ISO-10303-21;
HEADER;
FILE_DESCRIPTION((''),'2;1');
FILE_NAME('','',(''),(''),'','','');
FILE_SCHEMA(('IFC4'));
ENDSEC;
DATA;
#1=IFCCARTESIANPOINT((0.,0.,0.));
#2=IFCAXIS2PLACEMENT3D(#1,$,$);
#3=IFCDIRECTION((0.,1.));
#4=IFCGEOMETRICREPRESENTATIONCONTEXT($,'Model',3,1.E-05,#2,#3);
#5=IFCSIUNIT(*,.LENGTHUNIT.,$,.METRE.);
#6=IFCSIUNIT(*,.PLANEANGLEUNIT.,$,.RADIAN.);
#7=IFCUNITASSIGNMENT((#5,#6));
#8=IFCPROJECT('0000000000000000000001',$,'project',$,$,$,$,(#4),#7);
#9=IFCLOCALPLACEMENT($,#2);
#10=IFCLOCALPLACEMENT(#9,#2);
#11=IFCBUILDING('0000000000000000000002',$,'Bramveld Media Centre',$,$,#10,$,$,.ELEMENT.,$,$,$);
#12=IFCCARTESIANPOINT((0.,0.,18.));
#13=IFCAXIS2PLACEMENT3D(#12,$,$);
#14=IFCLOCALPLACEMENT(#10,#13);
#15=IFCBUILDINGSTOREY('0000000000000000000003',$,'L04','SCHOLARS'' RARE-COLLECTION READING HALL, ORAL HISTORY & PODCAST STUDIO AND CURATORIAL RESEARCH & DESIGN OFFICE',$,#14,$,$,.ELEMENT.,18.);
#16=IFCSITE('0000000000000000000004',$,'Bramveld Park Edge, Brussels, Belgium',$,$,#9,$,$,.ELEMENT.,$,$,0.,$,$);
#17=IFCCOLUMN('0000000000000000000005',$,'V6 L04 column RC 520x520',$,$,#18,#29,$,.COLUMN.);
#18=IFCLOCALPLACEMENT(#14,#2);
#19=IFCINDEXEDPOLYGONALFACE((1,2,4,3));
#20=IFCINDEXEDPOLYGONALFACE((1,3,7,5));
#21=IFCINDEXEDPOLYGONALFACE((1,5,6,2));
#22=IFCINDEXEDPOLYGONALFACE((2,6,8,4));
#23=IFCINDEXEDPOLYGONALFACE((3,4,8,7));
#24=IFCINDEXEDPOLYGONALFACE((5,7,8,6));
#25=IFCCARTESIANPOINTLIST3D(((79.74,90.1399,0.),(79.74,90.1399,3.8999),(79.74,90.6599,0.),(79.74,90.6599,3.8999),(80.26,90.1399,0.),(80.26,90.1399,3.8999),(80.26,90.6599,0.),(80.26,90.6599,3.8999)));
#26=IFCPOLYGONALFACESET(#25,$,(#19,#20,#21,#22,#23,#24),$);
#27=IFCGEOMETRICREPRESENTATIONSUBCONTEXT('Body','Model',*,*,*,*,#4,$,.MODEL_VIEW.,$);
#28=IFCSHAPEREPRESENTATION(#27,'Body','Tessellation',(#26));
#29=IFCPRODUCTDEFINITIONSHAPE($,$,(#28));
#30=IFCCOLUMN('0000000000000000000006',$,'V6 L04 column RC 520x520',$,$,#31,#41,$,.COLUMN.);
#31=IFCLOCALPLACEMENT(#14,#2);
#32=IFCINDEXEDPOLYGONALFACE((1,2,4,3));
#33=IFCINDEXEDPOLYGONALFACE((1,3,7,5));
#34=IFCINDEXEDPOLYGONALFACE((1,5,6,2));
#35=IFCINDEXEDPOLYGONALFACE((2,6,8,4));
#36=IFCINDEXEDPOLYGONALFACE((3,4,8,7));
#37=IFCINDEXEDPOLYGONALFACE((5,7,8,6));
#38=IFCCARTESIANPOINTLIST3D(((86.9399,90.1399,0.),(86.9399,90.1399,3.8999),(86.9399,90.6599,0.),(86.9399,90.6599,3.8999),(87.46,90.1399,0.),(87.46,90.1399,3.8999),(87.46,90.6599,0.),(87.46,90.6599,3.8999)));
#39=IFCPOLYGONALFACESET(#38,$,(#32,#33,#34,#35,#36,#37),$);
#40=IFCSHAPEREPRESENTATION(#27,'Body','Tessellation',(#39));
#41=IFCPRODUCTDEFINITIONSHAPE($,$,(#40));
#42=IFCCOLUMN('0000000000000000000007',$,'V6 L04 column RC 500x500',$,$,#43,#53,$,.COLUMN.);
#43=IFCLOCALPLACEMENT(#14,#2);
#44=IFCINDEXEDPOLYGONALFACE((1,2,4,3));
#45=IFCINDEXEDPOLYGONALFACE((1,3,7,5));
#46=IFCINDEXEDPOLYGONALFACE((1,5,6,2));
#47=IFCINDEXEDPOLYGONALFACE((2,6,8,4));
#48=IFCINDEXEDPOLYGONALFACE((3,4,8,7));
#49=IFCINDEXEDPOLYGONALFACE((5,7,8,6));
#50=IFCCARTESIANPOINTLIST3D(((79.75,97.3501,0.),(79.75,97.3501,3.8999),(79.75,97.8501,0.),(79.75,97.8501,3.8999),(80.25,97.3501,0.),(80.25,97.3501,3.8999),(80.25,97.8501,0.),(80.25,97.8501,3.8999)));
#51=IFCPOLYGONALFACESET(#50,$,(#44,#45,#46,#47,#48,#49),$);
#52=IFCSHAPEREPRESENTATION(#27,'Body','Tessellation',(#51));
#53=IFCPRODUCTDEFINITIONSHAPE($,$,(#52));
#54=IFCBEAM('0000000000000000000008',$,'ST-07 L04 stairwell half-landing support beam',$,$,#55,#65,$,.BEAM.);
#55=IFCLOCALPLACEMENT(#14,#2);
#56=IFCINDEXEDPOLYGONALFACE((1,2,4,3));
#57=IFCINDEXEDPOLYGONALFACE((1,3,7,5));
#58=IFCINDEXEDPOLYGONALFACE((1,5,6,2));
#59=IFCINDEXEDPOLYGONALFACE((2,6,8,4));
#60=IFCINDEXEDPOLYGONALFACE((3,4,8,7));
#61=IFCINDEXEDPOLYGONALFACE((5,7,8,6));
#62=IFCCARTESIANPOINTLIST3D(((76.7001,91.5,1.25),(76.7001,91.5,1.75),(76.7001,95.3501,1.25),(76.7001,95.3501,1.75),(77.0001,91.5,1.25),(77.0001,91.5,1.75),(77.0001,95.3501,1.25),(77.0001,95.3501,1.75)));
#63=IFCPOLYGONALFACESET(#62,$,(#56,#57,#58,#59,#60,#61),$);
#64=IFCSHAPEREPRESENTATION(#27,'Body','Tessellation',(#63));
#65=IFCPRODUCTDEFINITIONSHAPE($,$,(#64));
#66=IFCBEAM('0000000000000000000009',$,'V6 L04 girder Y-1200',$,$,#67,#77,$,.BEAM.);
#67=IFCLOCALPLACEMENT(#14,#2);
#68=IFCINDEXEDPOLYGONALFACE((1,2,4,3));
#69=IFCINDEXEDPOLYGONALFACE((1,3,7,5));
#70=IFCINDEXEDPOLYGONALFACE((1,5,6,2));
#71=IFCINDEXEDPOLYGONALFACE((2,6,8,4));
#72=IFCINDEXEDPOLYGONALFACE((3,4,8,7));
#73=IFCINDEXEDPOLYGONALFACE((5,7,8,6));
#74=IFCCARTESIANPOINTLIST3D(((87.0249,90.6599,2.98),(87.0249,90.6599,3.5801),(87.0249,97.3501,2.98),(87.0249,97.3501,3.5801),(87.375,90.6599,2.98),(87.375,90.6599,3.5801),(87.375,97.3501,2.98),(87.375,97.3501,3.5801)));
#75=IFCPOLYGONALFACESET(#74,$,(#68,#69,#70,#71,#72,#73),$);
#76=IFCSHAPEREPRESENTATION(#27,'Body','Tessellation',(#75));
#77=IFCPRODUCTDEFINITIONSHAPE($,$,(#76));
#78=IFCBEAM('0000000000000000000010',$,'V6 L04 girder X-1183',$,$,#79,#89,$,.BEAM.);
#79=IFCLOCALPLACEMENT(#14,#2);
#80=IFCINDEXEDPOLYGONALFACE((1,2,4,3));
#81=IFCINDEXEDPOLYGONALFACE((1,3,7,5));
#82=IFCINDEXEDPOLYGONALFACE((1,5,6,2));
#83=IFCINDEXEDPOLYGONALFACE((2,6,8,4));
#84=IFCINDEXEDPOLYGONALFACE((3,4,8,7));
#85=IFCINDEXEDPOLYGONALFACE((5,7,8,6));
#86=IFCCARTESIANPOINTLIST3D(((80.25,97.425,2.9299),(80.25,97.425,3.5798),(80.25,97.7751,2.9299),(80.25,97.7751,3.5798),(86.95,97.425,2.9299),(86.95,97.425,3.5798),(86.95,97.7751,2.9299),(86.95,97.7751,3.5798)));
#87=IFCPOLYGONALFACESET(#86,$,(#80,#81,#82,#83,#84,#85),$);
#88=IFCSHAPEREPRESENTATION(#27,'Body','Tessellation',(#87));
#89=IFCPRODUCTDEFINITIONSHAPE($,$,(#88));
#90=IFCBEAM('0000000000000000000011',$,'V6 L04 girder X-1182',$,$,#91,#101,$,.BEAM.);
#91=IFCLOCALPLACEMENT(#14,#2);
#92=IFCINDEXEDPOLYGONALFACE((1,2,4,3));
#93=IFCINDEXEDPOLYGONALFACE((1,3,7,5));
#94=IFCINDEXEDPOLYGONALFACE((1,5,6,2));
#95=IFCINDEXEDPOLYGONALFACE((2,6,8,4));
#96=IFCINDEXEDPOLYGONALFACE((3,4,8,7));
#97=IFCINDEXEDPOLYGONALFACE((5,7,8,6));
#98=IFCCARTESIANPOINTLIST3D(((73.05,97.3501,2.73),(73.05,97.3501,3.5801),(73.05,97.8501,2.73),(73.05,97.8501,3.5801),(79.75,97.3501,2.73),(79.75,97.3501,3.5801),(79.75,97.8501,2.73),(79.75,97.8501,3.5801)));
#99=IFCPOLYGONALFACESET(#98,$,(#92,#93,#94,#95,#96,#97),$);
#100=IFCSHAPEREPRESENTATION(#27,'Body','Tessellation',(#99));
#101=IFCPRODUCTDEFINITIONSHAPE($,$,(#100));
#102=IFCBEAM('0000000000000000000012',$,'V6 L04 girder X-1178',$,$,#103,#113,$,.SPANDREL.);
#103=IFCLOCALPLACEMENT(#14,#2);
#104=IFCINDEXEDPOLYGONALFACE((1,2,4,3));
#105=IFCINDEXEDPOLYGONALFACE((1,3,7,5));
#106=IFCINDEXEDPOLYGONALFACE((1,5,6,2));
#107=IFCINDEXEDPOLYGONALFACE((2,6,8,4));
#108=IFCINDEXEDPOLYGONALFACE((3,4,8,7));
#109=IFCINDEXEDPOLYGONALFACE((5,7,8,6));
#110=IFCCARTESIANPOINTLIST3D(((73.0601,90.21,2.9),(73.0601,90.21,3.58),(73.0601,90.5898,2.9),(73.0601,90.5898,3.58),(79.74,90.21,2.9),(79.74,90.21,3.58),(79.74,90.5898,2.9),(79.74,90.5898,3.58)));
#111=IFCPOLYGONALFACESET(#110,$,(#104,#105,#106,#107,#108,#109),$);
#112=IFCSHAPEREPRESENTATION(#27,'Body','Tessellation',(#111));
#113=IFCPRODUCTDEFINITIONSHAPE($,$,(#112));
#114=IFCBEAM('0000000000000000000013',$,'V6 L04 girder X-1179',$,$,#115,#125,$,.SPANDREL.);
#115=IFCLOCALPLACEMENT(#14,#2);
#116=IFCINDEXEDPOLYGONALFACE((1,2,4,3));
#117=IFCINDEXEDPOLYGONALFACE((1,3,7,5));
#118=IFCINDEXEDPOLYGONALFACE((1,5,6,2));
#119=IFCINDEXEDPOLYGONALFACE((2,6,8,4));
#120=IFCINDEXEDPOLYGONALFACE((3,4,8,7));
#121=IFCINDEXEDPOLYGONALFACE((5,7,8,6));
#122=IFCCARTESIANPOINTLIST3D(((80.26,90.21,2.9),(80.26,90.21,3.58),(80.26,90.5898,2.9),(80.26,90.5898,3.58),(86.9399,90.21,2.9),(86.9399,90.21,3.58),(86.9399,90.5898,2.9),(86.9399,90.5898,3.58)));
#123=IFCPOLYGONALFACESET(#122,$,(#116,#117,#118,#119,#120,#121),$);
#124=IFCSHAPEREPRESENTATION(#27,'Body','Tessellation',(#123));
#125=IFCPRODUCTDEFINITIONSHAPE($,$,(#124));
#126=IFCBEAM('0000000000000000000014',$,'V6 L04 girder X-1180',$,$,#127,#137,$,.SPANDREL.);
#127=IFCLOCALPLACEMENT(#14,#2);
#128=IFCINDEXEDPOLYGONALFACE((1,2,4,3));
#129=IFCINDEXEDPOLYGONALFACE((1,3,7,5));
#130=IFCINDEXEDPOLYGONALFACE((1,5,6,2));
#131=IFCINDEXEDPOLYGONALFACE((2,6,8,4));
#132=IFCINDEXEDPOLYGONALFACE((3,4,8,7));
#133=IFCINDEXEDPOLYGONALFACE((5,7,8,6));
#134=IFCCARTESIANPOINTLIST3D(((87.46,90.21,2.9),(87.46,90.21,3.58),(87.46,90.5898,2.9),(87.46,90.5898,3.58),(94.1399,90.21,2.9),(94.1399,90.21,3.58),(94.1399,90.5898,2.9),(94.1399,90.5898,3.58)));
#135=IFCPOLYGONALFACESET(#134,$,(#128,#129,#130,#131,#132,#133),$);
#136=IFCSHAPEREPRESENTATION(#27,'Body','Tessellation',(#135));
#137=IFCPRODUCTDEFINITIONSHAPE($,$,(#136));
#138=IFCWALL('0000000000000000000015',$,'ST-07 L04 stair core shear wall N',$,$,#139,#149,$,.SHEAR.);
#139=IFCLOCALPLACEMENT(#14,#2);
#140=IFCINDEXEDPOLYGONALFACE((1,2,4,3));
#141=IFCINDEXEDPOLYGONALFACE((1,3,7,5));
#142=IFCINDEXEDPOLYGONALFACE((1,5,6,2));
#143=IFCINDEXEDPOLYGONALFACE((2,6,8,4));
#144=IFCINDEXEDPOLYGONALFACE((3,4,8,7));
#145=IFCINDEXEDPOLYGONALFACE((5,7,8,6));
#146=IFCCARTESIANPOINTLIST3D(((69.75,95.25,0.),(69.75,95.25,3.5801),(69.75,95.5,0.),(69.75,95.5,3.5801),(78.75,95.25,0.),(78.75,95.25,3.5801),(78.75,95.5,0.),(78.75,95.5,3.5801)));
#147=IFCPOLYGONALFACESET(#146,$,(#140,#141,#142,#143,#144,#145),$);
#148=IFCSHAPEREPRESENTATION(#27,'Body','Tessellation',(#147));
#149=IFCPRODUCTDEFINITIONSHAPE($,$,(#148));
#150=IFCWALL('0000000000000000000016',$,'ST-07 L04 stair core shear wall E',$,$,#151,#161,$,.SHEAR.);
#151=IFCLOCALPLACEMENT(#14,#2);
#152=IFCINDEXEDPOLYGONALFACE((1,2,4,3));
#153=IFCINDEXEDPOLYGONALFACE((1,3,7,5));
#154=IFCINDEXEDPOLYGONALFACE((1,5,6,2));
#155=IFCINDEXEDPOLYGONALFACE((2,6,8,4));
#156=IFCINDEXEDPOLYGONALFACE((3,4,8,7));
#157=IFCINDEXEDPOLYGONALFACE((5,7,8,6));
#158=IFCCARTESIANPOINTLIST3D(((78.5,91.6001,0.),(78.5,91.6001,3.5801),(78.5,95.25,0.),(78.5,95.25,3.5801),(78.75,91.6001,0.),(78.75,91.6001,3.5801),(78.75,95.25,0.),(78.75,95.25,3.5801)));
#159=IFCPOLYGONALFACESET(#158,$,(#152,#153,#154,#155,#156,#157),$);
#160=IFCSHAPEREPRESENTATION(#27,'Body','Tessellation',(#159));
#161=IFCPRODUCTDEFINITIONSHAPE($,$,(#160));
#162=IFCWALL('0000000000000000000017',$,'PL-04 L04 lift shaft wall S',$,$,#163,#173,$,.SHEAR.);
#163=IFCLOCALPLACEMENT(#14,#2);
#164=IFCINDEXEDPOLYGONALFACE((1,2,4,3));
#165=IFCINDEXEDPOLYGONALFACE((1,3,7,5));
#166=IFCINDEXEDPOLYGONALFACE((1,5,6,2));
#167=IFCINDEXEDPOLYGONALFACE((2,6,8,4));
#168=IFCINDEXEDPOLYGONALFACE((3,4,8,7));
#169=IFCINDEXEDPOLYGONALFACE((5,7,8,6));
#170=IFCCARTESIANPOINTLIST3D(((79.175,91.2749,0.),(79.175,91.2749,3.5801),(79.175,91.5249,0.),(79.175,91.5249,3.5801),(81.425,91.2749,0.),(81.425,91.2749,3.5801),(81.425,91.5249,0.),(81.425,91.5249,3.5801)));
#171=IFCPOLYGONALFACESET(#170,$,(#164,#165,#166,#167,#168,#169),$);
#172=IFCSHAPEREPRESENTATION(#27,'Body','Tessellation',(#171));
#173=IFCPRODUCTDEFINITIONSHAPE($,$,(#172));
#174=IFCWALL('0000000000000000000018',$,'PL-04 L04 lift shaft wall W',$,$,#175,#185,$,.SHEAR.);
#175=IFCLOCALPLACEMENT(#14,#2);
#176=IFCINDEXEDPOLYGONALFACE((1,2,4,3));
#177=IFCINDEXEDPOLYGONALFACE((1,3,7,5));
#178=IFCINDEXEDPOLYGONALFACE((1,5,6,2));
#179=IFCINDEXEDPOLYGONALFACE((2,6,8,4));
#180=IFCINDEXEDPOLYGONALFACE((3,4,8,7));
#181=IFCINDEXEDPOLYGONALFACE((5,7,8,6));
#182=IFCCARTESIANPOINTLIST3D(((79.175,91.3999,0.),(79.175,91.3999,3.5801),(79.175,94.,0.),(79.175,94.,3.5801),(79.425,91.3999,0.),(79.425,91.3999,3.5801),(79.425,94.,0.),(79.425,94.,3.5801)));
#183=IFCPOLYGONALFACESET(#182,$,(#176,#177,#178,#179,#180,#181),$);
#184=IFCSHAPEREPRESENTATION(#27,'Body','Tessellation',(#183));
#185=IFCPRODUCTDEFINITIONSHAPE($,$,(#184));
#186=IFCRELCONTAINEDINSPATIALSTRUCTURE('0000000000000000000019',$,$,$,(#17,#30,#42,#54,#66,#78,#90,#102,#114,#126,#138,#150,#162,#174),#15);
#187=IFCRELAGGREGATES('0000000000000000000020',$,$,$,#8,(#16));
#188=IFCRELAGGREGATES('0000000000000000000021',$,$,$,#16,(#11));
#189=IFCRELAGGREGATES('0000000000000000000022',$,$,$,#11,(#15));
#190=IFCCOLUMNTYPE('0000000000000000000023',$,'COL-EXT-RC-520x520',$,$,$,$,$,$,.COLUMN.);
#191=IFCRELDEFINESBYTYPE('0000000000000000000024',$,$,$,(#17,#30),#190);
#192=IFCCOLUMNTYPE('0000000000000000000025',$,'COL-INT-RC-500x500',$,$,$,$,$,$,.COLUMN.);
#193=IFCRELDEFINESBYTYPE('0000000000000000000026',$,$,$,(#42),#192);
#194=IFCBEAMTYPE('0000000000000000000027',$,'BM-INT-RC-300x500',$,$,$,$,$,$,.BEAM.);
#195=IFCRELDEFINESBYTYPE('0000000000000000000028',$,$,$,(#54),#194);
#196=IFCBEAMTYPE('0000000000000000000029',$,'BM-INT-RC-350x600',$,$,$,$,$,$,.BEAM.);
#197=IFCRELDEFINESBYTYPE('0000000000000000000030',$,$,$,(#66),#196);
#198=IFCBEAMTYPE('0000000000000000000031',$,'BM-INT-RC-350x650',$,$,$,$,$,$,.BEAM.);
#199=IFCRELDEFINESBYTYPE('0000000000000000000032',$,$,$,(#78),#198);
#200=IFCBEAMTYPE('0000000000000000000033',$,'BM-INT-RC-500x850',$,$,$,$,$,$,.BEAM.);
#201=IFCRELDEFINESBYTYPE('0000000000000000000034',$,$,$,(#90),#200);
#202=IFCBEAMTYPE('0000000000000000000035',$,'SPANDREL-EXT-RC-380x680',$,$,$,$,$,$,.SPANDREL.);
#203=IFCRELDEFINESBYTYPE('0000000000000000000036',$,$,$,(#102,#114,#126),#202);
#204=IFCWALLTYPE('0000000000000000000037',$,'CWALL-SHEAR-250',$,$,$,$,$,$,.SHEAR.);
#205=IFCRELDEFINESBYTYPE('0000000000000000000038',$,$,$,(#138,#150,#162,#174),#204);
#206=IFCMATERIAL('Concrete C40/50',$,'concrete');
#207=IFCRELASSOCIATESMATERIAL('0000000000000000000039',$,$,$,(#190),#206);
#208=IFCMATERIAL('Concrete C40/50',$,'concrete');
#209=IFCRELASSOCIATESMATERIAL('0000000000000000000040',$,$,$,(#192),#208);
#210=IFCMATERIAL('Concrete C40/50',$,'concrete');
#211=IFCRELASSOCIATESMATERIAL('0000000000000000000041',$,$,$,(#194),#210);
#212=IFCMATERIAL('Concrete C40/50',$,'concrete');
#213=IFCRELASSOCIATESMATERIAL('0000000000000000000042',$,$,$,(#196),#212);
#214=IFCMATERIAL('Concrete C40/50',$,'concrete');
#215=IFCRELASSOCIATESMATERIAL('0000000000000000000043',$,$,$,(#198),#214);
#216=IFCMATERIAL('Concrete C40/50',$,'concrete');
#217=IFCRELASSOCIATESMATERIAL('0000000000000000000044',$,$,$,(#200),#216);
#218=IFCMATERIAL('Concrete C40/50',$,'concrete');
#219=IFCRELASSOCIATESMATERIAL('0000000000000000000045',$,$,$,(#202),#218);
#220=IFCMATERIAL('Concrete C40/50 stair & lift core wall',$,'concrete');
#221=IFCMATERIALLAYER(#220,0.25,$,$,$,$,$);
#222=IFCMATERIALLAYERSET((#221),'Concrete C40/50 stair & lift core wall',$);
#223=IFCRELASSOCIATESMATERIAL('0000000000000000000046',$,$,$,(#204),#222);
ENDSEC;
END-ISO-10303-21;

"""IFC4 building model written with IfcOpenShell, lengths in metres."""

from ifc_helpers import new_model, si_unit, direction, frame, frame_2d, origin, origin_2d, place, context, subcontext, project, spatial, rectangle, extrude, material, layer, layer_set, material_profile, profile_set, type_object, element, save


model = new_model("IFC4")

# Units and contexts
model_context = context("Model", 3, precision=1e-05, world=origin(), true_north=direction((0.0, 1.0)))
body_context = subcontext(model_context, "Body", "Model", "MODEL_VIEW")
ifc_project = project(units=[si_unit("LENGTHUNIT", "METRE"), si_unit("PLANEANGLEUNIT", "RADIAN")], contexts=[model_context])

# Site, building, storey
site_placement = place(None, origin())
site = spatial("IfcSite", under=ifc_project, at=site_placement, Name="Bramveld Park Edge, Brussels, Belgium", CompositionType="ELEMENT", RefElevation=0.0)
building_placement = place(site_placement, origin())
building = spatial("IfcBuilding", under=site, at=building_placement, Name="Bramveld Media Centre", CompositionType="ELEMENT")
storey_placement = place(building_placement, frame((0.0, 0.0, 18.0)))
storey = spatial("IfcBuildingStorey", under=building, at=storey_placement, Name="L04", Description="SCHOLARS' RARE-COLLECTION READING HALL, ORAL HISTORY & PODCAST STUDIO AND CURATORIAL RESEARCH & DESIGN OFFICE", CompositionType="ELEMENT", Elevation=18.0)

# Columns
ifc_material_1 = material(Name="Concrete C40/50", Category="concrete")
ifc_material_profile_1 = material_profile(ifc_material_1, rectangle(XDim=0.52, YDim=0.52, at=origin_2d()), Name="RC 520x520")
ifc_profile_set_1 = profile_set([ifc_material_profile_1], Name="Concrete C40/50")
column_type_1 = type_object("IfcColumnType", Name="COL-EXT-RC-520x520", PredefinedType="COLUMN", material=ifc_profile_set_1)
for number, where, z_axis, x_axis, name in (
    (1, (80.0, 90.3999, 0.0), (0.0, 0.0, 1.0), (1.0, 0.0, 0.0), "V6 L04 column RC 520x520"),
    (2, (87.2, 90.3999, 0.0), (0.0, 0.0, 1.0), (1.0, 0.0, 0.0), "V6 L04 column RC 520x520"),
):
    element("IfcColumn", number, at=place(storey_placement, frame(where, z_axis=z_axis, x_axis=x_axis)), inside=storey, type_object=column_type_1, Name=name, PredefinedType="COLUMN", context=body_context, shape_type="SweptSolid", body=[
        extrude(rectangle(XDim=0.52, YDim=0.52, at=origin_2d()), origin(), (0.0, 0.0, 1.0), 3.8999),
    ])
ifc_material_2 = material(Name="Concrete C40/50", Category="concrete")
ifc_material_profile_2 = material_profile(ifc_material_2, rectangle(XDim=0.5, YDim=0.5, at=origin_2d()), Name="RC 500x500")
ifc_profile_set_2 = profile_set([ifc_material_profile_2], Name="Concrete C40/50")
column_type_2 = type_object("IfcColumnType", Name="COL-INT-RC-500x500", PredefinedType="COLUMN", material=ifc_profile_set_2)
column_placement = place(storey_placement, frame((80.0, 97.6001, 0.0), z_axis=(0.0, 0.0, 1.0), x_axis=(1.0, 0.0, 0.0)))
element("IfcColumn", 3, at=column_placement, inside=storey, type_object=column_type_2, Name="V6 L04 column RC 500x500", PredefinedType="COLUMN", context=body_context, shape_type="SweptSolid", body=[
    extrude(rectangle(XDim=0.5, YDim=0.5, at=origin_2d()), origin(), (0.0, 0.0, 1.0), 3.8999),
])

# Beams
ifc_material_3 = material(Name="Concrete C40/50", Category="concrete")
ifc_material_profile_3 = material_profile(ifc_material_3, rectangle(XDim=0.3, YDim=0.5, at=origin_2d()), Name="RC 300x500")
ifc_profile_set_3 = profile_set([ifc_material_profile_3], Name="Concrete C40/50")
beam_type_1 = type_object("IfcBeamType", Name="BM-INT-RC-300x500", PredefinedType="BEAM", material=ifc_profile_set_3)
beam_1_placement = place(storey_placement, frame((76.8501, 91.5, 1.5), z_axis=(0.0, 1.0, 0.0), x_axis=(-1.0, 0.0, 0.0)))
element("IfcBeam", 4, at=beam_1_placement, inside=storey, type_object=beam_type_1, Name="ST-07 L04 stairwell half-landing support beam", PredefinedType="BEAM", context=body_context, shape_type="SweptSolid", body=[
    extrude(rectangle(XDim=0.3, YDim=0.5, at=origin_2d()), origin(), (0.0, 0.0, 1.0), 3.8501),
])
ifc_material_4 = material(Name="Concrete C40/50", Category="concrete")
ifc_material_profile_4 = material_profile(ifc_material_4, rectangle(XDim=0.3501, YDim=0.6001, at=origin_2d()), Name="RC 350x600")
ifc_profile_set_4 = profile_set([ifc_material_profile_4], Name="Concrete C40/50")
beam_type_2 = type_object("IfcBeamType", Name="BM-INT-RC-350x600", PredefinedType="BEAM", material=ifc_profile_set_4)
beam_2_placement = place(storey_placement, frame((87.2, 90.6599, 3.28), z_axis=(0.0, 1.0, 0.0), x_axis=(-1.0, 0.0, 0.0)))
element("IfcBeam", 5, at=beam_2_placement, inside=storey, type_object=beam_type_2, Name="V6 L04 girder Y-1200", PredefinedType="BEAM", context=body_context, shape_type="SweptSolid", body=[
    extrude(rectangle(XDim=0.3501, YDim=0.6001, at=origin_2d()), origin(), (0.0, 0.0, 1.0), 6.6902),
])
ifc_material_5 = material(Name="Concrete C40/50", Category="concrete")
ifc_material_profile_5 = material_profile(ifc_material_5, rectangle(XDim=0.3501, YDim=0.6499, at=origin_2d()), Name="RC 350x650")
ifc_profile_set_5 = profile_set([ifc_material_profile_5], Name="Concrete C40/50")
beam_type_3 = type_object("IfcBeamType", Name="BM-INT-RC-350x650", PredefinedType="BEAM", material=ifc_profile_set_5)
beam_3_placement = place(storey_placement, frame((80.25, 97.6001, 3.2549), z_axis=(1.0, 0.0, 0.0), x_axis=(0.0, 1.0, 0.0)))
element("IfcBeam", 6, at=beam_3_placement, inside=storey, type_object=beam_type_3, Name="V6 L04 girder X-1183", PredefinedType="BEAM", context=body_context, shape_type="SweptSolid", body=[
    extrude(rectangle(XDim=0.3501, YDim=0.6499, at=origin_2d()), origin(), (0.0, 0.0, 1.0), 6.7),
])
ifc_material_6 = material(Name="Concrete C40/50", Category="concrete")
ifc_material_profile_6 = material_profile(ifc_material_6, rectangle(XDim=0.5, YDim=0.8501, at=origin_2d()), Name="RC 500x850")
ifc_profile_set_6 = profile_set([ifc_material_profile_6], Name="Concrete C40/50")
beam_type_4 = type_object("IfcBeamType", Name="BM-INT-RC-500x850", PredefinedType="BEAM", material=ifc_profile_set_6)
beam_4_placement = place(storey_placement, frame((73.05, 97.6001, 3.155), z_axis=(1.0, 0.0, 0.0), x_axis=(0.0, 1.0, 0.0)))
element("IfcBeam", 7, at=beam_4_placement, inside=storey, type_object=beam_type_4, Name="V6 L04 girder X-1182", PredefinedType="BEAM", context=body_context, shape_type="SweptSolid", body=[
    extrude(rectangle(XDim=0.5, YDim=0.8501, at=origin_2d()), origin(), (0.0, 0.0, 1.0), 6.7),
])
ifc_material_7 = material(Name="Concrete C40/50", Category="concrete")
ifc_material_profile_7 = material_profile(ifc_material_7, rectangle(XDim=0.3799, YDim=0.6799, at=origin_2d()), Name="RC 380x680")
ifc_profile_set_7 = profile_set([ifc_material_profile_7], Name="Concrete C40/50")
beam_type_5 = type_object("IfcBeamType", Name="SPANDREL-EXT-RC-380x680", PredefinedType="SPANDREL", material=ifc_profile_set_7)
for number, where, z_axis, x_axis, name in (
    (8, (73.0601, 90.3999, 3.24), (1.0, 0.0, 0.0), (0.0, 1.0, 0.0), "V6 L04 girder X-1178"),
    (9, (80.26, 90.3999, 3.24), (1.0, 0.0, 0.0), (0.0, 1.0, 0.0), "V6 L04 girder X-1179"),
    (10, (87.46, 90.3999, 3.24), (1.0, 0.0, 0.0), (0.0, 1.0, 0.0), "V6 L04 girder X-1180"),
):
    element("IfcBeam", number, at=place(storey_placement, frame(where, z_axis=z_axis, x_axis=x_axis)), inside=storey, type_object=beam_type_5, Name=name, PredefinedType="SPANDREL", context=body_context, shape_type="SweptSolid", body=[
        extrude(rectangle(XDim=0.3799, YDim=0.6799, at=origin_2d()), origin(), (0.0, 0.0, 1.0), 6.6799),
    ])

# Walls
ifc_material_8 = material(Name="Concrete C40/50 stair & lift core wall", Category="concrete")
ifc_layer_1 = layer(ifc_material_8, 0.25)
ifc_layer_set_1 = layer_set([ifc_layer_1], Name="Concrete C40/50 stair & lift core wall")
wall_type_1 = type_object("IfcWallType", Name="CWALL-SHEAR-250", PredefinedType="SHEAR", material=ifc_layer_set_1)
wall_1_placement = place(storey_placement, frame((78.75, 95.375, 0.0), z_axis=(0.0, 0.0, 1.0), x_axis=(-1.0, 0.0, 0.0)))
element("IfcWall", 11, at=wall_1_placement, inside=storey, type_object=wall_type_1, Name="ST-07 L04 stair core shear wall N", PredefinedType="SHEAR", context=body_context, shape_type="SweptSolid", body=[
    extrude(rectangle(XDim=9.0, YDim=0.25, at=frame_2d((4.5, 0.0))), origin(), (0.0, 0.0, 1.0), 3.5801),
])
wall_2_placement = place(storey_placement, frame((78.625, 91.6001, 0.0), z_axis=(0.0, 0.0, 1.0), x_axis=(0.0, 1.0, 0.0)))
element("IfcWall", 12, at=wall_2_placement, inside=storey, type_object=wall_type_1, Name="ST-07 L04 stair core shear wall E", PredefinedType="SHEAR", context=body_context, shape_type="SweptSolid", body=[
    extrude(rectangle(XDim=3.6499, YDim=0.25, at=frame_2d((1.825, 0.0))), origin(), (0.0, 0.0, 1.0), 3.5801),
])
wall_3_placement = place(storey_placement, frame((79.175, 91.3999, 0.0), z_axis=(0.0, 0.0, 1.0), x_axis=(1.0, 0.0, 0.0)))
element("IfcWall", 13, at=wall_3_placement, inside=storey, type_object=wall_type_1, Name="PL-04 L04 lift shaft wall S", PredefinedType="SHEAR", context=body_context, shape_type="SweptSolid", body=[
    extrude(rectangle(XDim=2.25, YDim=0.25, at=frame_2d((1.125, 0.0))), origin(), (0.0, 0.0, 1.0), 3.5801),
])

# Wall
for number, where, z_axis, x_axis, name in (
    (14, (79.3, 94.0, 0.0), (0.0, 0.0, 1.0), (0.0, -1.0, 0.0), "PL-04 L04 lift shaft wall W"),
):
    element("IfcWall", number, at=place(storey_placement, frame(where, z_axis=z_axis, x_axis=x_axis)), inside=storey, type_object=wall_type_1, Name=name, PredefinedType="SHEAR", context=body_context, shape_type="SweptSolid", body=[
        extrude(rectangle(XDim=2.6001, YDim=0.25, at=frame_2d((1.3, 0.0))), origin(), (0.0, 0.0, 1.0), 3.5801),
    ])

save(model, "model.ifc")
